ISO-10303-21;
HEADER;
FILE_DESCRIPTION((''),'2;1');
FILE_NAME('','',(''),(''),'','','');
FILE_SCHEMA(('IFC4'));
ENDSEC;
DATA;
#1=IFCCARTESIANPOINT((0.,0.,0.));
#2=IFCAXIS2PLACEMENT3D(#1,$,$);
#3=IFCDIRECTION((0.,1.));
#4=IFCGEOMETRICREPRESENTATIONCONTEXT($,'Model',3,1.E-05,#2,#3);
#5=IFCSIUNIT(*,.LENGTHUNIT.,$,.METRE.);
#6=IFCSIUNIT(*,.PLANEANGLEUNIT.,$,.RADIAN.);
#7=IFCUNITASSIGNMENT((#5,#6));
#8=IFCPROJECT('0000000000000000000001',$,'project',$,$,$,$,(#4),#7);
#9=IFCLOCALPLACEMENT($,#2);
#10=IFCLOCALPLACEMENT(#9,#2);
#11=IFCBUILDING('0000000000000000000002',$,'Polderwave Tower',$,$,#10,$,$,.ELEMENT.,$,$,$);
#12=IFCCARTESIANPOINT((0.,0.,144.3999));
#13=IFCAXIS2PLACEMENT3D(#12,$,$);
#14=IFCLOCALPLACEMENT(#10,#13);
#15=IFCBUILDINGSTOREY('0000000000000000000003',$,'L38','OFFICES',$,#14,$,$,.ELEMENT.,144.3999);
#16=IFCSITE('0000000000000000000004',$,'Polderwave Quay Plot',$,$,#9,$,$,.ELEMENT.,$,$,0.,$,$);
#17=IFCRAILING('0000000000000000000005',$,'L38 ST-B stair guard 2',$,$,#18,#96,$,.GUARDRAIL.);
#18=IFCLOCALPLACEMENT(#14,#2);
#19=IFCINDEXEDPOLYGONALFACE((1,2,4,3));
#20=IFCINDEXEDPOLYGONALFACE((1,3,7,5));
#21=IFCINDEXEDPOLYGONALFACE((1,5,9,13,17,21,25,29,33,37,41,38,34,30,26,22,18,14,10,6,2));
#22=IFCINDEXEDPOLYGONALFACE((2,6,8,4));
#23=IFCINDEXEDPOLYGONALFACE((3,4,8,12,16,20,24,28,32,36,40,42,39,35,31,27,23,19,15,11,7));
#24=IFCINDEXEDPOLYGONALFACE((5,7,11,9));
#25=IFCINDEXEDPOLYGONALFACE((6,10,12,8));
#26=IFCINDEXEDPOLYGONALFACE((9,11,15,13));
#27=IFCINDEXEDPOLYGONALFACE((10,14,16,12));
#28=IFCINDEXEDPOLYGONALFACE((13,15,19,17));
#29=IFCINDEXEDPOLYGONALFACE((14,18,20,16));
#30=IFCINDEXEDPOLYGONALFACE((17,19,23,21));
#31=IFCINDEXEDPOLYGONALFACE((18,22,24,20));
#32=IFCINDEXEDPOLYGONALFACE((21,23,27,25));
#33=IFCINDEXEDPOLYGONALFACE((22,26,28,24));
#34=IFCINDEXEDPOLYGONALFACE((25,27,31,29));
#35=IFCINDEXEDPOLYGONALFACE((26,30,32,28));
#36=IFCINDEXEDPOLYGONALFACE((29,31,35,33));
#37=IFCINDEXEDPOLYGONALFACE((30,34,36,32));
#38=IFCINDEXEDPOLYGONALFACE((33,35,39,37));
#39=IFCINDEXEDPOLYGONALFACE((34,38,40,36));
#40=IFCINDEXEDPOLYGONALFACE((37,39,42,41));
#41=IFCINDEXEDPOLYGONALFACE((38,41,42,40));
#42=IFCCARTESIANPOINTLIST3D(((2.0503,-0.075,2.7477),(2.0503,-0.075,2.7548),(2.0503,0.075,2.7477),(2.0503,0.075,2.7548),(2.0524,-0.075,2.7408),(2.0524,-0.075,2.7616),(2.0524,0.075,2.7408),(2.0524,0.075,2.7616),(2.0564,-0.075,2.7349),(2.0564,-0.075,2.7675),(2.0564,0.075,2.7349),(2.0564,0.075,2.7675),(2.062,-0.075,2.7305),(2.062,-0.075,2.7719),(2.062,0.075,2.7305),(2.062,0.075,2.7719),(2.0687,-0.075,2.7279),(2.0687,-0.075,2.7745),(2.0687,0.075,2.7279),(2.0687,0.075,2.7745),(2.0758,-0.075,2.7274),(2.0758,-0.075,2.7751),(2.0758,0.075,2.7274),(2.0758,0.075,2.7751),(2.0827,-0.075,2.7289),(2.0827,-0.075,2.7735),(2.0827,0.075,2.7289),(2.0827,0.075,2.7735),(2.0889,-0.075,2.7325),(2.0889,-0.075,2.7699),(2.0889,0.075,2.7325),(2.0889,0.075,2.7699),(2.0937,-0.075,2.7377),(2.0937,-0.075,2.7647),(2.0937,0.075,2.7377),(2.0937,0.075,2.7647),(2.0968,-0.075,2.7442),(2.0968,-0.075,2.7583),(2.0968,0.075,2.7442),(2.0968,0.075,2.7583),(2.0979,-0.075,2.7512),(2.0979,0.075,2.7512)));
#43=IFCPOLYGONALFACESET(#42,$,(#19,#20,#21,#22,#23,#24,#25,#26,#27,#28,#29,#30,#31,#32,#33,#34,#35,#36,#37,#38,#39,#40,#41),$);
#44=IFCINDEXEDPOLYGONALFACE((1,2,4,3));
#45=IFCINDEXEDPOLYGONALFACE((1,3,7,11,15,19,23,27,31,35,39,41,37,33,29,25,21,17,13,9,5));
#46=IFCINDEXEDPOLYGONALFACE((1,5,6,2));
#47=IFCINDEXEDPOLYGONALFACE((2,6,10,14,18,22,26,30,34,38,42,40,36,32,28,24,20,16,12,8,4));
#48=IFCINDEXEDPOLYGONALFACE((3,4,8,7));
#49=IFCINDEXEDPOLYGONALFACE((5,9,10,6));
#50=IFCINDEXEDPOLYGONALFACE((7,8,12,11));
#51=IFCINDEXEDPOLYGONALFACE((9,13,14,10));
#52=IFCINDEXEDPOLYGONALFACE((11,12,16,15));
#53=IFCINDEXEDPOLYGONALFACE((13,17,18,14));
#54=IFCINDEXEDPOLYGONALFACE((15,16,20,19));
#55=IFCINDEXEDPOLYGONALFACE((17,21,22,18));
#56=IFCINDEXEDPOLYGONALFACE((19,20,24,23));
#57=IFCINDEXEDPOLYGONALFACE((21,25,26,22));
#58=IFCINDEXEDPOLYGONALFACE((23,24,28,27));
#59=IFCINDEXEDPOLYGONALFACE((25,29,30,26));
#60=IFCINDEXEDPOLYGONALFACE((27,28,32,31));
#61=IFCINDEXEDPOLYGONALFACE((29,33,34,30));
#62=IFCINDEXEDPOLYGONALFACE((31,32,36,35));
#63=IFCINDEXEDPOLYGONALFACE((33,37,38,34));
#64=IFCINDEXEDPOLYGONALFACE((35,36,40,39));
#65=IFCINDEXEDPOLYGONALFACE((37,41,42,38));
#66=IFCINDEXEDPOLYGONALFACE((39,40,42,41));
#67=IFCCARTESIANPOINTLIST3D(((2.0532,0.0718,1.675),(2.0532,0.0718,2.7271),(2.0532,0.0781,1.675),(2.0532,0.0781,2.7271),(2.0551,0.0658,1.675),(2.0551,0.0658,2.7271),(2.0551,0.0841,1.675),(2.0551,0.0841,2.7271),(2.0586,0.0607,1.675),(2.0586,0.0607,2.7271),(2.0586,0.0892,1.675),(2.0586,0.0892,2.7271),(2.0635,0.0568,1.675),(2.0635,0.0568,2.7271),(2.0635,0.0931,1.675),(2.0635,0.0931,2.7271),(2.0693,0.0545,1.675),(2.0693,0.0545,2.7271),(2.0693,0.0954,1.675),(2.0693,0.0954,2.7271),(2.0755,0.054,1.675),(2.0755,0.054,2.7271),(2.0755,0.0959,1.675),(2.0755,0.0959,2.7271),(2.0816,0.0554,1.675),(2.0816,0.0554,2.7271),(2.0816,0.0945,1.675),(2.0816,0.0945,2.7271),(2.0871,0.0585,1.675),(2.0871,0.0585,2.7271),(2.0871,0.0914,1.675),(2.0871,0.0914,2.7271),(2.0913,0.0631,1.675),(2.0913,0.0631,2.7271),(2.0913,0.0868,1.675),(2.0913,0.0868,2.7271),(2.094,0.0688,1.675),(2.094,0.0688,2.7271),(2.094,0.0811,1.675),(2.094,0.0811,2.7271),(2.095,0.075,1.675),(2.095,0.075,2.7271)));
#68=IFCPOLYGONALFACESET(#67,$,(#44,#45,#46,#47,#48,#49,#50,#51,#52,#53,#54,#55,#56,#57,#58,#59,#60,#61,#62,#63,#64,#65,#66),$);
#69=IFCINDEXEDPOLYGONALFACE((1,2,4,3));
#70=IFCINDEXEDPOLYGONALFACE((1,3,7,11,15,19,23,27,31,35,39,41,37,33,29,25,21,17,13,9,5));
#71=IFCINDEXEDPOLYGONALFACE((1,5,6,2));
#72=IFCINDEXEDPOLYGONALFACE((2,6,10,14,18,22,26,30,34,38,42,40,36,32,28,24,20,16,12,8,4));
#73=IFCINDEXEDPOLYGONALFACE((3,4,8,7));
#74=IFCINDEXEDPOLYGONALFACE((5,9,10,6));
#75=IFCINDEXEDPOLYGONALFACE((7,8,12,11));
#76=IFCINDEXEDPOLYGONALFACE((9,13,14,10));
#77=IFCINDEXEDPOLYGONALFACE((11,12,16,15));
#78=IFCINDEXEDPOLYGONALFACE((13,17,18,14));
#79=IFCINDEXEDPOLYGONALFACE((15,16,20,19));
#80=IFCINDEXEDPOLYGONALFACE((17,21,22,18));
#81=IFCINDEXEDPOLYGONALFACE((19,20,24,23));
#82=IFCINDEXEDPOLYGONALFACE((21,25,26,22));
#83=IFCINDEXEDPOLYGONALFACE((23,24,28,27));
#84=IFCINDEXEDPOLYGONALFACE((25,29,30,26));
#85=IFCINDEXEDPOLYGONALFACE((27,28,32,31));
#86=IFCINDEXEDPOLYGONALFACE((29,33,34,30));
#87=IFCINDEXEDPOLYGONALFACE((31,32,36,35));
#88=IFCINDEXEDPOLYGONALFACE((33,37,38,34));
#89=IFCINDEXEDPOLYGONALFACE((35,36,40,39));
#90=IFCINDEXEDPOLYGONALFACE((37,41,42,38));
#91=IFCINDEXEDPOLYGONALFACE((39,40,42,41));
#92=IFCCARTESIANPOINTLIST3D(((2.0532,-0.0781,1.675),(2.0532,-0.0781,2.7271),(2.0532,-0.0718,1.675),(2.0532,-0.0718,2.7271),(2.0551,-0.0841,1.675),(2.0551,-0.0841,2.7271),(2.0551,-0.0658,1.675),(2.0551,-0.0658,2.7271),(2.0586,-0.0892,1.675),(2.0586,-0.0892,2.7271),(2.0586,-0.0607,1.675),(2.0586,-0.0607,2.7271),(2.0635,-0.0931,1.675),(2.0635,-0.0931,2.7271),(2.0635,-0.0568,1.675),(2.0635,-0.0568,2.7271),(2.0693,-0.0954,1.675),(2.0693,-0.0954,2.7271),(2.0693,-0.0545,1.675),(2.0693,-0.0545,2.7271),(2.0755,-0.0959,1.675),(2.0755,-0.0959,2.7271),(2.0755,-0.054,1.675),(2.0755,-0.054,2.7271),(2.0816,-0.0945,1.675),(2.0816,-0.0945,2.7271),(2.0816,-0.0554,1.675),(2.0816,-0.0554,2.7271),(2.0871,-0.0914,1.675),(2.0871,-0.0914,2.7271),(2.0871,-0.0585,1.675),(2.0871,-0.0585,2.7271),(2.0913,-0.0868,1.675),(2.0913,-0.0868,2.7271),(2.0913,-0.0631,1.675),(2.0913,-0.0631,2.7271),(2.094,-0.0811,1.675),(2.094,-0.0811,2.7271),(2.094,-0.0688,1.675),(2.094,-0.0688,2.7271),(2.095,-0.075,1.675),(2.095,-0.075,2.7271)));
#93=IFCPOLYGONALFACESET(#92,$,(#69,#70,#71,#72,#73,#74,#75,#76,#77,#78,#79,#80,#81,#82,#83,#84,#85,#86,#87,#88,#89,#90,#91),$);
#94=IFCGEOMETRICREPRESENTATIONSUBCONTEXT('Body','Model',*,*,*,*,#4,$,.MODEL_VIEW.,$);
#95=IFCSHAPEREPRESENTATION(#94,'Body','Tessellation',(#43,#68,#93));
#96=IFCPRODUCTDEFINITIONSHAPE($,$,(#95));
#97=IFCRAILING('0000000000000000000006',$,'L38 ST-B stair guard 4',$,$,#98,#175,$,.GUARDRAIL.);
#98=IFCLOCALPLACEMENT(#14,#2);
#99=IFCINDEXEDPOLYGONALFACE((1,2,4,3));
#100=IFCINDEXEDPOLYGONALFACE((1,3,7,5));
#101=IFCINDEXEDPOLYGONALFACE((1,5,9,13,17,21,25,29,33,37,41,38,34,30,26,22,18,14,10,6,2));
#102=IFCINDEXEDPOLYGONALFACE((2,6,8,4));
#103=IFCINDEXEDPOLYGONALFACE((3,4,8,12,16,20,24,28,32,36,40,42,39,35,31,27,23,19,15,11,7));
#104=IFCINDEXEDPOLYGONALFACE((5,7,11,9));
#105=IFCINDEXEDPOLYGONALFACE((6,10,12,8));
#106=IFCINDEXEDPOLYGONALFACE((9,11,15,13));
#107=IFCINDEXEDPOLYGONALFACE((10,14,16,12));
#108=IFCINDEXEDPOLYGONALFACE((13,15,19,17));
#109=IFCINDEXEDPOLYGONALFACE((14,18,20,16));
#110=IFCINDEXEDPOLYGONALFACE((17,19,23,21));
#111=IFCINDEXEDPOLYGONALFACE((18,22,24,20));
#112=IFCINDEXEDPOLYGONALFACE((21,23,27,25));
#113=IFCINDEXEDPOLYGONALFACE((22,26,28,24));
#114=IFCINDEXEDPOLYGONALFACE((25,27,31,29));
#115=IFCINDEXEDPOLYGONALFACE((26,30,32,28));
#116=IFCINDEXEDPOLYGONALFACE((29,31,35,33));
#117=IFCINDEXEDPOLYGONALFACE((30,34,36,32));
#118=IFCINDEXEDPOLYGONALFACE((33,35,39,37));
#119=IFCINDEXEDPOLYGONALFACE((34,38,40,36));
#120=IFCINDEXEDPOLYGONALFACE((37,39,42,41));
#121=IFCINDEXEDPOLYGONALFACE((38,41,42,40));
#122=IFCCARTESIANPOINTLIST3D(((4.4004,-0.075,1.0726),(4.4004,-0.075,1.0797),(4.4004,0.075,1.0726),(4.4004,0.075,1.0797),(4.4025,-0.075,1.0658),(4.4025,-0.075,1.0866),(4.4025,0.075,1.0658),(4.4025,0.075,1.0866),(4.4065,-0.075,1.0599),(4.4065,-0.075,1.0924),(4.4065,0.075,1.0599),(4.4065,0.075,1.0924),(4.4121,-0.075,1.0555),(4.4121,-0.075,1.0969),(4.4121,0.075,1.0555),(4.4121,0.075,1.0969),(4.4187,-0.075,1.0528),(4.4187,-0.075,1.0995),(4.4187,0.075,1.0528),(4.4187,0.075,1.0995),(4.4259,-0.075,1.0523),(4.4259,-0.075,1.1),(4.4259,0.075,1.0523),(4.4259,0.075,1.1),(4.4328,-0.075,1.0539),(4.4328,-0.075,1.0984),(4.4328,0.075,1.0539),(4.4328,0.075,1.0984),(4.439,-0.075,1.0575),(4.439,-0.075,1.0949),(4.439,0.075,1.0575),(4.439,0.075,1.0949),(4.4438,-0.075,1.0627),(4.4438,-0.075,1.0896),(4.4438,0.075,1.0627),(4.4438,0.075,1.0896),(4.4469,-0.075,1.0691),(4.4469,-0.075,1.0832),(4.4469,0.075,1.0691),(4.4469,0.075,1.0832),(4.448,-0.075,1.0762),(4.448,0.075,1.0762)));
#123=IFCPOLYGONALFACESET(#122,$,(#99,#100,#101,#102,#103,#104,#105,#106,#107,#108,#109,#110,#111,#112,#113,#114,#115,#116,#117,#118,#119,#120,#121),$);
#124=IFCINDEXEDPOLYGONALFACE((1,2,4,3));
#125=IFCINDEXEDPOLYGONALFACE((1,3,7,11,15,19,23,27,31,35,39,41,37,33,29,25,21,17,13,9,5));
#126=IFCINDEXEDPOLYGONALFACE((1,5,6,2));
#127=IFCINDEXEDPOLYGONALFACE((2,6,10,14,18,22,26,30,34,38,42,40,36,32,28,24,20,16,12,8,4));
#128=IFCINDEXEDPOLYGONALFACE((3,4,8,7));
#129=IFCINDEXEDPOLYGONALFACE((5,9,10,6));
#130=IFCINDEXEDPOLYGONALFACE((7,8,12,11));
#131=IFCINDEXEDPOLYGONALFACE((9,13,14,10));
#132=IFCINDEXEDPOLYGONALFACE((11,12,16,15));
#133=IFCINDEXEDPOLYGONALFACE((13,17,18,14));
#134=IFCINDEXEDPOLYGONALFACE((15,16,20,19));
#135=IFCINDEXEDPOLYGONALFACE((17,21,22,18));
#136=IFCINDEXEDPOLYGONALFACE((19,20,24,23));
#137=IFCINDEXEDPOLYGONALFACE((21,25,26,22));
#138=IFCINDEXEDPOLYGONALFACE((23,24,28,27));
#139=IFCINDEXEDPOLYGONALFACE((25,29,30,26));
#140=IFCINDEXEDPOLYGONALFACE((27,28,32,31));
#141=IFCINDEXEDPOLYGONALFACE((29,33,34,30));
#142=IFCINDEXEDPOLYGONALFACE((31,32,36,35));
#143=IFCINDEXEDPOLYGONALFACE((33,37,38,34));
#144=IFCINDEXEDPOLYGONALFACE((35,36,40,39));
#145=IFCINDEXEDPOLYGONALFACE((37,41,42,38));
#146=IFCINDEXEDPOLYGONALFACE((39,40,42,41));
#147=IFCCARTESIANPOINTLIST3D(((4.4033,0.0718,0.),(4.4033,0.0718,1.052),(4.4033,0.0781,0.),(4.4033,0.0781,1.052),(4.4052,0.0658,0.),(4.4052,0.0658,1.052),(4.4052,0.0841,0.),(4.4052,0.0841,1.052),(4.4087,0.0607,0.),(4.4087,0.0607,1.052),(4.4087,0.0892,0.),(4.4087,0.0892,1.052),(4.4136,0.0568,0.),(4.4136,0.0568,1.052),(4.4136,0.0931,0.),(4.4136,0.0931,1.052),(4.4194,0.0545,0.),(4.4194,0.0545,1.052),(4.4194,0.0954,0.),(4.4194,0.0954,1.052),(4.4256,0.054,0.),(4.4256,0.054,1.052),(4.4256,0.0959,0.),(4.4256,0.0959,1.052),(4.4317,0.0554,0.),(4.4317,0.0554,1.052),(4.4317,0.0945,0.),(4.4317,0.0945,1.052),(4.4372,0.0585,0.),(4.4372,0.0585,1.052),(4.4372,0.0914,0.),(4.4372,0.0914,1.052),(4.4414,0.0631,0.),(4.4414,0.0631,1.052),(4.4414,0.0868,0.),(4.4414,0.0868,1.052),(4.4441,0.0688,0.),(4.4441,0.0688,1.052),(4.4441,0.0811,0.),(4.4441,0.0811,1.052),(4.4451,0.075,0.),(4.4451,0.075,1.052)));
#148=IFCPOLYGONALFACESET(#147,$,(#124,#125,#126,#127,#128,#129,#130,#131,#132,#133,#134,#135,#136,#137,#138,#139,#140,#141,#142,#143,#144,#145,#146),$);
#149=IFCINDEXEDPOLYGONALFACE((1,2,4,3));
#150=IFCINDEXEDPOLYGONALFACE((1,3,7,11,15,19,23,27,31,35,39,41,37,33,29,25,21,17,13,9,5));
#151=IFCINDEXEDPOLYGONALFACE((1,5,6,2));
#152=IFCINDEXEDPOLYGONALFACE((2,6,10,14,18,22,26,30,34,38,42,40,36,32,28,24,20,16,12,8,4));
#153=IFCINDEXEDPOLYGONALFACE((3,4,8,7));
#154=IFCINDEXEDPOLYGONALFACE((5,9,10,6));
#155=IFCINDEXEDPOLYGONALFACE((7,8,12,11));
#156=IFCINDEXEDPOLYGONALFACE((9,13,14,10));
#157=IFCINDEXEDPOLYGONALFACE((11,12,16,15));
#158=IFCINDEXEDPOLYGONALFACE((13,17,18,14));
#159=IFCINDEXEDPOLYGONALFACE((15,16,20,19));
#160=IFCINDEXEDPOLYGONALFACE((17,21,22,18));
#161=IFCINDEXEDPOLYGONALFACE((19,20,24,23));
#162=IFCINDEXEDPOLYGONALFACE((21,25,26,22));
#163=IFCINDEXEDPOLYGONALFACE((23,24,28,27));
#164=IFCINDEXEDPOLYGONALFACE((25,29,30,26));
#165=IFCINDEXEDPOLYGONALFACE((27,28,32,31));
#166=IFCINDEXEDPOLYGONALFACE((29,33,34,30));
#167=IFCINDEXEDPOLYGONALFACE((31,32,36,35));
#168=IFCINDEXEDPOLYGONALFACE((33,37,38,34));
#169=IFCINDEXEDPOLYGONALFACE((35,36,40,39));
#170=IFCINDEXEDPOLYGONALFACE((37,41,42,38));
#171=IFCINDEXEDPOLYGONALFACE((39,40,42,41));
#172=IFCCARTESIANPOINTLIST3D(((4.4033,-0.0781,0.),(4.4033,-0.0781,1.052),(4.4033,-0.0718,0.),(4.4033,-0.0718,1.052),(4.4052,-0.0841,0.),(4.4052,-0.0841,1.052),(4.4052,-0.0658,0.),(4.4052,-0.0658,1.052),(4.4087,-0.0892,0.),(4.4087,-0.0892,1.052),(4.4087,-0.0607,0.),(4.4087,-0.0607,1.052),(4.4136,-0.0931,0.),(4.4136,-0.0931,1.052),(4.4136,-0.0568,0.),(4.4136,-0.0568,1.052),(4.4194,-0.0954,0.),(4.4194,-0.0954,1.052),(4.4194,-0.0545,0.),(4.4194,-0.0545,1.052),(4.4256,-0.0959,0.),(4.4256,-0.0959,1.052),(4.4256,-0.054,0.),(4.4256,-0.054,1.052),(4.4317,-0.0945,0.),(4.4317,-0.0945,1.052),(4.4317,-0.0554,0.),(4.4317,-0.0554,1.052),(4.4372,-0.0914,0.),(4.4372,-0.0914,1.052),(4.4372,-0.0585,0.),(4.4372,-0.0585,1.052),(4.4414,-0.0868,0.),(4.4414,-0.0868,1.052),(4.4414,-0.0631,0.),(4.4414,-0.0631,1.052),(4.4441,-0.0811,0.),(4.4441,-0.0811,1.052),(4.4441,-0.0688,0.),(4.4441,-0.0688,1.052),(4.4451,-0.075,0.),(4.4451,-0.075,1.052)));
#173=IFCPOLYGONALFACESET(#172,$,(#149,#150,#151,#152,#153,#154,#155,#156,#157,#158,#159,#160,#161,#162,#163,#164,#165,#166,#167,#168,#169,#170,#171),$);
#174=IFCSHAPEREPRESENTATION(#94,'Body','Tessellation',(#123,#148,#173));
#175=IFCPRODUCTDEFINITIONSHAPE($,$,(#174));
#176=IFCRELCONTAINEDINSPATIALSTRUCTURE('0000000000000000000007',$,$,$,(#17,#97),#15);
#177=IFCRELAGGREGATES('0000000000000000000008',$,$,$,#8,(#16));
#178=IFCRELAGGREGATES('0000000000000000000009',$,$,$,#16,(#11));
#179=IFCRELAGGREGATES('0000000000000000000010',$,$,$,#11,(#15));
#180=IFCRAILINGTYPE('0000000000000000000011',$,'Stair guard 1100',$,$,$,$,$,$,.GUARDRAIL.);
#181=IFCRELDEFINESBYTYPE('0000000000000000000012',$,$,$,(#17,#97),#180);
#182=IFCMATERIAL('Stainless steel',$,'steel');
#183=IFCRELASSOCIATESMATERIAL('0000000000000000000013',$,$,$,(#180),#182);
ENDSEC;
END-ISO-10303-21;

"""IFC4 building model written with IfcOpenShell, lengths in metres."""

from ifc_helpers import new_model, si_unit, direction, frame, origin, origin_2d, place, context, subcontext, project, spatial, circle, extrude, material, type_object, element, save


model = new_model("IFC4")

# Units and contexts
model_context = context("Model", 3, precision=1e-05, world=origin(), true_north=direction((0.0, 1.0)))
body_context = subcontext(model_context, "Body", "Model", "MODEL_VIEW")
ifc_project = project(units=[si_unit("LENGTHUNIT", "METRE"), si_unit("PLANEANGLEUNIT", "RADIAN")], contexts=[model_context])

# Site, building, storey
site_placement = place(None, origin())
site = spatial("IfcSite", under=ifc_project, at=site_placement, Name="Polderwave Quay Plot", CompositionType="ELEMENT", RefElevation=0.0)
building_placement = place(site_placement, origin())
building = spatial("IfcBuilding", under=site, at=building_placement, Name="Polderwave Tower", CompositionType="ELEMENT")
storey_placement = place(building_placement, frame((0.0, 0.0, 144.3999)))
storey = spatial("IfcBuildingStorey", under=building, at=storey_placement, Name="L38", Description="OFFICES", CompositionType="ELEMENT", Elevation=144.3999)

# Shared definitions
ifc_material_1 = material(Name="Stainless steel", Category="steel")

# Railings
railing_type_1 = type_object("IfcRailingType", Name="Stair guard 1100", PredefinedType="GUARDRAIL", material=ifc_material_1)
for number, where, name in (
    (1, (2.074, 0.075, 1.675), "L38 ST-B stair guard 2"),
    (2, (4.4241, 0.075, 0.0), "L38 ST-B stair guard 4"),
):
    element("IfcRailing", number, at=place(storey_placement, frame(where)), inside=storey, type_object=railing_type_1, Name=name, PredefinedType="GUARDRAIL", context=body_context, shape_type="SweptSolid", body=[
        extrude(circle(Radius=0.0239, at=origin_2d()), frame((0.0, 0.0, 1.0762), z_axis=(0.0, -1.0, 0.0), x_axis=(1.0, 0.0, 0.0)), (0.0, 0.0, 1.0), 0.1499),
        extrude(circle(Radius=0.021, at=origin_2d()), origin(), (0.0, 0.0, 1.0), 1.052),
        extrude(circle(Radius=0.021, at=origin_2d()), frame((0.0, -0.1499, 0.0)), (0.0, 0.0, 1.0), 1.052),
    ])

save(model, "model.ifc")
